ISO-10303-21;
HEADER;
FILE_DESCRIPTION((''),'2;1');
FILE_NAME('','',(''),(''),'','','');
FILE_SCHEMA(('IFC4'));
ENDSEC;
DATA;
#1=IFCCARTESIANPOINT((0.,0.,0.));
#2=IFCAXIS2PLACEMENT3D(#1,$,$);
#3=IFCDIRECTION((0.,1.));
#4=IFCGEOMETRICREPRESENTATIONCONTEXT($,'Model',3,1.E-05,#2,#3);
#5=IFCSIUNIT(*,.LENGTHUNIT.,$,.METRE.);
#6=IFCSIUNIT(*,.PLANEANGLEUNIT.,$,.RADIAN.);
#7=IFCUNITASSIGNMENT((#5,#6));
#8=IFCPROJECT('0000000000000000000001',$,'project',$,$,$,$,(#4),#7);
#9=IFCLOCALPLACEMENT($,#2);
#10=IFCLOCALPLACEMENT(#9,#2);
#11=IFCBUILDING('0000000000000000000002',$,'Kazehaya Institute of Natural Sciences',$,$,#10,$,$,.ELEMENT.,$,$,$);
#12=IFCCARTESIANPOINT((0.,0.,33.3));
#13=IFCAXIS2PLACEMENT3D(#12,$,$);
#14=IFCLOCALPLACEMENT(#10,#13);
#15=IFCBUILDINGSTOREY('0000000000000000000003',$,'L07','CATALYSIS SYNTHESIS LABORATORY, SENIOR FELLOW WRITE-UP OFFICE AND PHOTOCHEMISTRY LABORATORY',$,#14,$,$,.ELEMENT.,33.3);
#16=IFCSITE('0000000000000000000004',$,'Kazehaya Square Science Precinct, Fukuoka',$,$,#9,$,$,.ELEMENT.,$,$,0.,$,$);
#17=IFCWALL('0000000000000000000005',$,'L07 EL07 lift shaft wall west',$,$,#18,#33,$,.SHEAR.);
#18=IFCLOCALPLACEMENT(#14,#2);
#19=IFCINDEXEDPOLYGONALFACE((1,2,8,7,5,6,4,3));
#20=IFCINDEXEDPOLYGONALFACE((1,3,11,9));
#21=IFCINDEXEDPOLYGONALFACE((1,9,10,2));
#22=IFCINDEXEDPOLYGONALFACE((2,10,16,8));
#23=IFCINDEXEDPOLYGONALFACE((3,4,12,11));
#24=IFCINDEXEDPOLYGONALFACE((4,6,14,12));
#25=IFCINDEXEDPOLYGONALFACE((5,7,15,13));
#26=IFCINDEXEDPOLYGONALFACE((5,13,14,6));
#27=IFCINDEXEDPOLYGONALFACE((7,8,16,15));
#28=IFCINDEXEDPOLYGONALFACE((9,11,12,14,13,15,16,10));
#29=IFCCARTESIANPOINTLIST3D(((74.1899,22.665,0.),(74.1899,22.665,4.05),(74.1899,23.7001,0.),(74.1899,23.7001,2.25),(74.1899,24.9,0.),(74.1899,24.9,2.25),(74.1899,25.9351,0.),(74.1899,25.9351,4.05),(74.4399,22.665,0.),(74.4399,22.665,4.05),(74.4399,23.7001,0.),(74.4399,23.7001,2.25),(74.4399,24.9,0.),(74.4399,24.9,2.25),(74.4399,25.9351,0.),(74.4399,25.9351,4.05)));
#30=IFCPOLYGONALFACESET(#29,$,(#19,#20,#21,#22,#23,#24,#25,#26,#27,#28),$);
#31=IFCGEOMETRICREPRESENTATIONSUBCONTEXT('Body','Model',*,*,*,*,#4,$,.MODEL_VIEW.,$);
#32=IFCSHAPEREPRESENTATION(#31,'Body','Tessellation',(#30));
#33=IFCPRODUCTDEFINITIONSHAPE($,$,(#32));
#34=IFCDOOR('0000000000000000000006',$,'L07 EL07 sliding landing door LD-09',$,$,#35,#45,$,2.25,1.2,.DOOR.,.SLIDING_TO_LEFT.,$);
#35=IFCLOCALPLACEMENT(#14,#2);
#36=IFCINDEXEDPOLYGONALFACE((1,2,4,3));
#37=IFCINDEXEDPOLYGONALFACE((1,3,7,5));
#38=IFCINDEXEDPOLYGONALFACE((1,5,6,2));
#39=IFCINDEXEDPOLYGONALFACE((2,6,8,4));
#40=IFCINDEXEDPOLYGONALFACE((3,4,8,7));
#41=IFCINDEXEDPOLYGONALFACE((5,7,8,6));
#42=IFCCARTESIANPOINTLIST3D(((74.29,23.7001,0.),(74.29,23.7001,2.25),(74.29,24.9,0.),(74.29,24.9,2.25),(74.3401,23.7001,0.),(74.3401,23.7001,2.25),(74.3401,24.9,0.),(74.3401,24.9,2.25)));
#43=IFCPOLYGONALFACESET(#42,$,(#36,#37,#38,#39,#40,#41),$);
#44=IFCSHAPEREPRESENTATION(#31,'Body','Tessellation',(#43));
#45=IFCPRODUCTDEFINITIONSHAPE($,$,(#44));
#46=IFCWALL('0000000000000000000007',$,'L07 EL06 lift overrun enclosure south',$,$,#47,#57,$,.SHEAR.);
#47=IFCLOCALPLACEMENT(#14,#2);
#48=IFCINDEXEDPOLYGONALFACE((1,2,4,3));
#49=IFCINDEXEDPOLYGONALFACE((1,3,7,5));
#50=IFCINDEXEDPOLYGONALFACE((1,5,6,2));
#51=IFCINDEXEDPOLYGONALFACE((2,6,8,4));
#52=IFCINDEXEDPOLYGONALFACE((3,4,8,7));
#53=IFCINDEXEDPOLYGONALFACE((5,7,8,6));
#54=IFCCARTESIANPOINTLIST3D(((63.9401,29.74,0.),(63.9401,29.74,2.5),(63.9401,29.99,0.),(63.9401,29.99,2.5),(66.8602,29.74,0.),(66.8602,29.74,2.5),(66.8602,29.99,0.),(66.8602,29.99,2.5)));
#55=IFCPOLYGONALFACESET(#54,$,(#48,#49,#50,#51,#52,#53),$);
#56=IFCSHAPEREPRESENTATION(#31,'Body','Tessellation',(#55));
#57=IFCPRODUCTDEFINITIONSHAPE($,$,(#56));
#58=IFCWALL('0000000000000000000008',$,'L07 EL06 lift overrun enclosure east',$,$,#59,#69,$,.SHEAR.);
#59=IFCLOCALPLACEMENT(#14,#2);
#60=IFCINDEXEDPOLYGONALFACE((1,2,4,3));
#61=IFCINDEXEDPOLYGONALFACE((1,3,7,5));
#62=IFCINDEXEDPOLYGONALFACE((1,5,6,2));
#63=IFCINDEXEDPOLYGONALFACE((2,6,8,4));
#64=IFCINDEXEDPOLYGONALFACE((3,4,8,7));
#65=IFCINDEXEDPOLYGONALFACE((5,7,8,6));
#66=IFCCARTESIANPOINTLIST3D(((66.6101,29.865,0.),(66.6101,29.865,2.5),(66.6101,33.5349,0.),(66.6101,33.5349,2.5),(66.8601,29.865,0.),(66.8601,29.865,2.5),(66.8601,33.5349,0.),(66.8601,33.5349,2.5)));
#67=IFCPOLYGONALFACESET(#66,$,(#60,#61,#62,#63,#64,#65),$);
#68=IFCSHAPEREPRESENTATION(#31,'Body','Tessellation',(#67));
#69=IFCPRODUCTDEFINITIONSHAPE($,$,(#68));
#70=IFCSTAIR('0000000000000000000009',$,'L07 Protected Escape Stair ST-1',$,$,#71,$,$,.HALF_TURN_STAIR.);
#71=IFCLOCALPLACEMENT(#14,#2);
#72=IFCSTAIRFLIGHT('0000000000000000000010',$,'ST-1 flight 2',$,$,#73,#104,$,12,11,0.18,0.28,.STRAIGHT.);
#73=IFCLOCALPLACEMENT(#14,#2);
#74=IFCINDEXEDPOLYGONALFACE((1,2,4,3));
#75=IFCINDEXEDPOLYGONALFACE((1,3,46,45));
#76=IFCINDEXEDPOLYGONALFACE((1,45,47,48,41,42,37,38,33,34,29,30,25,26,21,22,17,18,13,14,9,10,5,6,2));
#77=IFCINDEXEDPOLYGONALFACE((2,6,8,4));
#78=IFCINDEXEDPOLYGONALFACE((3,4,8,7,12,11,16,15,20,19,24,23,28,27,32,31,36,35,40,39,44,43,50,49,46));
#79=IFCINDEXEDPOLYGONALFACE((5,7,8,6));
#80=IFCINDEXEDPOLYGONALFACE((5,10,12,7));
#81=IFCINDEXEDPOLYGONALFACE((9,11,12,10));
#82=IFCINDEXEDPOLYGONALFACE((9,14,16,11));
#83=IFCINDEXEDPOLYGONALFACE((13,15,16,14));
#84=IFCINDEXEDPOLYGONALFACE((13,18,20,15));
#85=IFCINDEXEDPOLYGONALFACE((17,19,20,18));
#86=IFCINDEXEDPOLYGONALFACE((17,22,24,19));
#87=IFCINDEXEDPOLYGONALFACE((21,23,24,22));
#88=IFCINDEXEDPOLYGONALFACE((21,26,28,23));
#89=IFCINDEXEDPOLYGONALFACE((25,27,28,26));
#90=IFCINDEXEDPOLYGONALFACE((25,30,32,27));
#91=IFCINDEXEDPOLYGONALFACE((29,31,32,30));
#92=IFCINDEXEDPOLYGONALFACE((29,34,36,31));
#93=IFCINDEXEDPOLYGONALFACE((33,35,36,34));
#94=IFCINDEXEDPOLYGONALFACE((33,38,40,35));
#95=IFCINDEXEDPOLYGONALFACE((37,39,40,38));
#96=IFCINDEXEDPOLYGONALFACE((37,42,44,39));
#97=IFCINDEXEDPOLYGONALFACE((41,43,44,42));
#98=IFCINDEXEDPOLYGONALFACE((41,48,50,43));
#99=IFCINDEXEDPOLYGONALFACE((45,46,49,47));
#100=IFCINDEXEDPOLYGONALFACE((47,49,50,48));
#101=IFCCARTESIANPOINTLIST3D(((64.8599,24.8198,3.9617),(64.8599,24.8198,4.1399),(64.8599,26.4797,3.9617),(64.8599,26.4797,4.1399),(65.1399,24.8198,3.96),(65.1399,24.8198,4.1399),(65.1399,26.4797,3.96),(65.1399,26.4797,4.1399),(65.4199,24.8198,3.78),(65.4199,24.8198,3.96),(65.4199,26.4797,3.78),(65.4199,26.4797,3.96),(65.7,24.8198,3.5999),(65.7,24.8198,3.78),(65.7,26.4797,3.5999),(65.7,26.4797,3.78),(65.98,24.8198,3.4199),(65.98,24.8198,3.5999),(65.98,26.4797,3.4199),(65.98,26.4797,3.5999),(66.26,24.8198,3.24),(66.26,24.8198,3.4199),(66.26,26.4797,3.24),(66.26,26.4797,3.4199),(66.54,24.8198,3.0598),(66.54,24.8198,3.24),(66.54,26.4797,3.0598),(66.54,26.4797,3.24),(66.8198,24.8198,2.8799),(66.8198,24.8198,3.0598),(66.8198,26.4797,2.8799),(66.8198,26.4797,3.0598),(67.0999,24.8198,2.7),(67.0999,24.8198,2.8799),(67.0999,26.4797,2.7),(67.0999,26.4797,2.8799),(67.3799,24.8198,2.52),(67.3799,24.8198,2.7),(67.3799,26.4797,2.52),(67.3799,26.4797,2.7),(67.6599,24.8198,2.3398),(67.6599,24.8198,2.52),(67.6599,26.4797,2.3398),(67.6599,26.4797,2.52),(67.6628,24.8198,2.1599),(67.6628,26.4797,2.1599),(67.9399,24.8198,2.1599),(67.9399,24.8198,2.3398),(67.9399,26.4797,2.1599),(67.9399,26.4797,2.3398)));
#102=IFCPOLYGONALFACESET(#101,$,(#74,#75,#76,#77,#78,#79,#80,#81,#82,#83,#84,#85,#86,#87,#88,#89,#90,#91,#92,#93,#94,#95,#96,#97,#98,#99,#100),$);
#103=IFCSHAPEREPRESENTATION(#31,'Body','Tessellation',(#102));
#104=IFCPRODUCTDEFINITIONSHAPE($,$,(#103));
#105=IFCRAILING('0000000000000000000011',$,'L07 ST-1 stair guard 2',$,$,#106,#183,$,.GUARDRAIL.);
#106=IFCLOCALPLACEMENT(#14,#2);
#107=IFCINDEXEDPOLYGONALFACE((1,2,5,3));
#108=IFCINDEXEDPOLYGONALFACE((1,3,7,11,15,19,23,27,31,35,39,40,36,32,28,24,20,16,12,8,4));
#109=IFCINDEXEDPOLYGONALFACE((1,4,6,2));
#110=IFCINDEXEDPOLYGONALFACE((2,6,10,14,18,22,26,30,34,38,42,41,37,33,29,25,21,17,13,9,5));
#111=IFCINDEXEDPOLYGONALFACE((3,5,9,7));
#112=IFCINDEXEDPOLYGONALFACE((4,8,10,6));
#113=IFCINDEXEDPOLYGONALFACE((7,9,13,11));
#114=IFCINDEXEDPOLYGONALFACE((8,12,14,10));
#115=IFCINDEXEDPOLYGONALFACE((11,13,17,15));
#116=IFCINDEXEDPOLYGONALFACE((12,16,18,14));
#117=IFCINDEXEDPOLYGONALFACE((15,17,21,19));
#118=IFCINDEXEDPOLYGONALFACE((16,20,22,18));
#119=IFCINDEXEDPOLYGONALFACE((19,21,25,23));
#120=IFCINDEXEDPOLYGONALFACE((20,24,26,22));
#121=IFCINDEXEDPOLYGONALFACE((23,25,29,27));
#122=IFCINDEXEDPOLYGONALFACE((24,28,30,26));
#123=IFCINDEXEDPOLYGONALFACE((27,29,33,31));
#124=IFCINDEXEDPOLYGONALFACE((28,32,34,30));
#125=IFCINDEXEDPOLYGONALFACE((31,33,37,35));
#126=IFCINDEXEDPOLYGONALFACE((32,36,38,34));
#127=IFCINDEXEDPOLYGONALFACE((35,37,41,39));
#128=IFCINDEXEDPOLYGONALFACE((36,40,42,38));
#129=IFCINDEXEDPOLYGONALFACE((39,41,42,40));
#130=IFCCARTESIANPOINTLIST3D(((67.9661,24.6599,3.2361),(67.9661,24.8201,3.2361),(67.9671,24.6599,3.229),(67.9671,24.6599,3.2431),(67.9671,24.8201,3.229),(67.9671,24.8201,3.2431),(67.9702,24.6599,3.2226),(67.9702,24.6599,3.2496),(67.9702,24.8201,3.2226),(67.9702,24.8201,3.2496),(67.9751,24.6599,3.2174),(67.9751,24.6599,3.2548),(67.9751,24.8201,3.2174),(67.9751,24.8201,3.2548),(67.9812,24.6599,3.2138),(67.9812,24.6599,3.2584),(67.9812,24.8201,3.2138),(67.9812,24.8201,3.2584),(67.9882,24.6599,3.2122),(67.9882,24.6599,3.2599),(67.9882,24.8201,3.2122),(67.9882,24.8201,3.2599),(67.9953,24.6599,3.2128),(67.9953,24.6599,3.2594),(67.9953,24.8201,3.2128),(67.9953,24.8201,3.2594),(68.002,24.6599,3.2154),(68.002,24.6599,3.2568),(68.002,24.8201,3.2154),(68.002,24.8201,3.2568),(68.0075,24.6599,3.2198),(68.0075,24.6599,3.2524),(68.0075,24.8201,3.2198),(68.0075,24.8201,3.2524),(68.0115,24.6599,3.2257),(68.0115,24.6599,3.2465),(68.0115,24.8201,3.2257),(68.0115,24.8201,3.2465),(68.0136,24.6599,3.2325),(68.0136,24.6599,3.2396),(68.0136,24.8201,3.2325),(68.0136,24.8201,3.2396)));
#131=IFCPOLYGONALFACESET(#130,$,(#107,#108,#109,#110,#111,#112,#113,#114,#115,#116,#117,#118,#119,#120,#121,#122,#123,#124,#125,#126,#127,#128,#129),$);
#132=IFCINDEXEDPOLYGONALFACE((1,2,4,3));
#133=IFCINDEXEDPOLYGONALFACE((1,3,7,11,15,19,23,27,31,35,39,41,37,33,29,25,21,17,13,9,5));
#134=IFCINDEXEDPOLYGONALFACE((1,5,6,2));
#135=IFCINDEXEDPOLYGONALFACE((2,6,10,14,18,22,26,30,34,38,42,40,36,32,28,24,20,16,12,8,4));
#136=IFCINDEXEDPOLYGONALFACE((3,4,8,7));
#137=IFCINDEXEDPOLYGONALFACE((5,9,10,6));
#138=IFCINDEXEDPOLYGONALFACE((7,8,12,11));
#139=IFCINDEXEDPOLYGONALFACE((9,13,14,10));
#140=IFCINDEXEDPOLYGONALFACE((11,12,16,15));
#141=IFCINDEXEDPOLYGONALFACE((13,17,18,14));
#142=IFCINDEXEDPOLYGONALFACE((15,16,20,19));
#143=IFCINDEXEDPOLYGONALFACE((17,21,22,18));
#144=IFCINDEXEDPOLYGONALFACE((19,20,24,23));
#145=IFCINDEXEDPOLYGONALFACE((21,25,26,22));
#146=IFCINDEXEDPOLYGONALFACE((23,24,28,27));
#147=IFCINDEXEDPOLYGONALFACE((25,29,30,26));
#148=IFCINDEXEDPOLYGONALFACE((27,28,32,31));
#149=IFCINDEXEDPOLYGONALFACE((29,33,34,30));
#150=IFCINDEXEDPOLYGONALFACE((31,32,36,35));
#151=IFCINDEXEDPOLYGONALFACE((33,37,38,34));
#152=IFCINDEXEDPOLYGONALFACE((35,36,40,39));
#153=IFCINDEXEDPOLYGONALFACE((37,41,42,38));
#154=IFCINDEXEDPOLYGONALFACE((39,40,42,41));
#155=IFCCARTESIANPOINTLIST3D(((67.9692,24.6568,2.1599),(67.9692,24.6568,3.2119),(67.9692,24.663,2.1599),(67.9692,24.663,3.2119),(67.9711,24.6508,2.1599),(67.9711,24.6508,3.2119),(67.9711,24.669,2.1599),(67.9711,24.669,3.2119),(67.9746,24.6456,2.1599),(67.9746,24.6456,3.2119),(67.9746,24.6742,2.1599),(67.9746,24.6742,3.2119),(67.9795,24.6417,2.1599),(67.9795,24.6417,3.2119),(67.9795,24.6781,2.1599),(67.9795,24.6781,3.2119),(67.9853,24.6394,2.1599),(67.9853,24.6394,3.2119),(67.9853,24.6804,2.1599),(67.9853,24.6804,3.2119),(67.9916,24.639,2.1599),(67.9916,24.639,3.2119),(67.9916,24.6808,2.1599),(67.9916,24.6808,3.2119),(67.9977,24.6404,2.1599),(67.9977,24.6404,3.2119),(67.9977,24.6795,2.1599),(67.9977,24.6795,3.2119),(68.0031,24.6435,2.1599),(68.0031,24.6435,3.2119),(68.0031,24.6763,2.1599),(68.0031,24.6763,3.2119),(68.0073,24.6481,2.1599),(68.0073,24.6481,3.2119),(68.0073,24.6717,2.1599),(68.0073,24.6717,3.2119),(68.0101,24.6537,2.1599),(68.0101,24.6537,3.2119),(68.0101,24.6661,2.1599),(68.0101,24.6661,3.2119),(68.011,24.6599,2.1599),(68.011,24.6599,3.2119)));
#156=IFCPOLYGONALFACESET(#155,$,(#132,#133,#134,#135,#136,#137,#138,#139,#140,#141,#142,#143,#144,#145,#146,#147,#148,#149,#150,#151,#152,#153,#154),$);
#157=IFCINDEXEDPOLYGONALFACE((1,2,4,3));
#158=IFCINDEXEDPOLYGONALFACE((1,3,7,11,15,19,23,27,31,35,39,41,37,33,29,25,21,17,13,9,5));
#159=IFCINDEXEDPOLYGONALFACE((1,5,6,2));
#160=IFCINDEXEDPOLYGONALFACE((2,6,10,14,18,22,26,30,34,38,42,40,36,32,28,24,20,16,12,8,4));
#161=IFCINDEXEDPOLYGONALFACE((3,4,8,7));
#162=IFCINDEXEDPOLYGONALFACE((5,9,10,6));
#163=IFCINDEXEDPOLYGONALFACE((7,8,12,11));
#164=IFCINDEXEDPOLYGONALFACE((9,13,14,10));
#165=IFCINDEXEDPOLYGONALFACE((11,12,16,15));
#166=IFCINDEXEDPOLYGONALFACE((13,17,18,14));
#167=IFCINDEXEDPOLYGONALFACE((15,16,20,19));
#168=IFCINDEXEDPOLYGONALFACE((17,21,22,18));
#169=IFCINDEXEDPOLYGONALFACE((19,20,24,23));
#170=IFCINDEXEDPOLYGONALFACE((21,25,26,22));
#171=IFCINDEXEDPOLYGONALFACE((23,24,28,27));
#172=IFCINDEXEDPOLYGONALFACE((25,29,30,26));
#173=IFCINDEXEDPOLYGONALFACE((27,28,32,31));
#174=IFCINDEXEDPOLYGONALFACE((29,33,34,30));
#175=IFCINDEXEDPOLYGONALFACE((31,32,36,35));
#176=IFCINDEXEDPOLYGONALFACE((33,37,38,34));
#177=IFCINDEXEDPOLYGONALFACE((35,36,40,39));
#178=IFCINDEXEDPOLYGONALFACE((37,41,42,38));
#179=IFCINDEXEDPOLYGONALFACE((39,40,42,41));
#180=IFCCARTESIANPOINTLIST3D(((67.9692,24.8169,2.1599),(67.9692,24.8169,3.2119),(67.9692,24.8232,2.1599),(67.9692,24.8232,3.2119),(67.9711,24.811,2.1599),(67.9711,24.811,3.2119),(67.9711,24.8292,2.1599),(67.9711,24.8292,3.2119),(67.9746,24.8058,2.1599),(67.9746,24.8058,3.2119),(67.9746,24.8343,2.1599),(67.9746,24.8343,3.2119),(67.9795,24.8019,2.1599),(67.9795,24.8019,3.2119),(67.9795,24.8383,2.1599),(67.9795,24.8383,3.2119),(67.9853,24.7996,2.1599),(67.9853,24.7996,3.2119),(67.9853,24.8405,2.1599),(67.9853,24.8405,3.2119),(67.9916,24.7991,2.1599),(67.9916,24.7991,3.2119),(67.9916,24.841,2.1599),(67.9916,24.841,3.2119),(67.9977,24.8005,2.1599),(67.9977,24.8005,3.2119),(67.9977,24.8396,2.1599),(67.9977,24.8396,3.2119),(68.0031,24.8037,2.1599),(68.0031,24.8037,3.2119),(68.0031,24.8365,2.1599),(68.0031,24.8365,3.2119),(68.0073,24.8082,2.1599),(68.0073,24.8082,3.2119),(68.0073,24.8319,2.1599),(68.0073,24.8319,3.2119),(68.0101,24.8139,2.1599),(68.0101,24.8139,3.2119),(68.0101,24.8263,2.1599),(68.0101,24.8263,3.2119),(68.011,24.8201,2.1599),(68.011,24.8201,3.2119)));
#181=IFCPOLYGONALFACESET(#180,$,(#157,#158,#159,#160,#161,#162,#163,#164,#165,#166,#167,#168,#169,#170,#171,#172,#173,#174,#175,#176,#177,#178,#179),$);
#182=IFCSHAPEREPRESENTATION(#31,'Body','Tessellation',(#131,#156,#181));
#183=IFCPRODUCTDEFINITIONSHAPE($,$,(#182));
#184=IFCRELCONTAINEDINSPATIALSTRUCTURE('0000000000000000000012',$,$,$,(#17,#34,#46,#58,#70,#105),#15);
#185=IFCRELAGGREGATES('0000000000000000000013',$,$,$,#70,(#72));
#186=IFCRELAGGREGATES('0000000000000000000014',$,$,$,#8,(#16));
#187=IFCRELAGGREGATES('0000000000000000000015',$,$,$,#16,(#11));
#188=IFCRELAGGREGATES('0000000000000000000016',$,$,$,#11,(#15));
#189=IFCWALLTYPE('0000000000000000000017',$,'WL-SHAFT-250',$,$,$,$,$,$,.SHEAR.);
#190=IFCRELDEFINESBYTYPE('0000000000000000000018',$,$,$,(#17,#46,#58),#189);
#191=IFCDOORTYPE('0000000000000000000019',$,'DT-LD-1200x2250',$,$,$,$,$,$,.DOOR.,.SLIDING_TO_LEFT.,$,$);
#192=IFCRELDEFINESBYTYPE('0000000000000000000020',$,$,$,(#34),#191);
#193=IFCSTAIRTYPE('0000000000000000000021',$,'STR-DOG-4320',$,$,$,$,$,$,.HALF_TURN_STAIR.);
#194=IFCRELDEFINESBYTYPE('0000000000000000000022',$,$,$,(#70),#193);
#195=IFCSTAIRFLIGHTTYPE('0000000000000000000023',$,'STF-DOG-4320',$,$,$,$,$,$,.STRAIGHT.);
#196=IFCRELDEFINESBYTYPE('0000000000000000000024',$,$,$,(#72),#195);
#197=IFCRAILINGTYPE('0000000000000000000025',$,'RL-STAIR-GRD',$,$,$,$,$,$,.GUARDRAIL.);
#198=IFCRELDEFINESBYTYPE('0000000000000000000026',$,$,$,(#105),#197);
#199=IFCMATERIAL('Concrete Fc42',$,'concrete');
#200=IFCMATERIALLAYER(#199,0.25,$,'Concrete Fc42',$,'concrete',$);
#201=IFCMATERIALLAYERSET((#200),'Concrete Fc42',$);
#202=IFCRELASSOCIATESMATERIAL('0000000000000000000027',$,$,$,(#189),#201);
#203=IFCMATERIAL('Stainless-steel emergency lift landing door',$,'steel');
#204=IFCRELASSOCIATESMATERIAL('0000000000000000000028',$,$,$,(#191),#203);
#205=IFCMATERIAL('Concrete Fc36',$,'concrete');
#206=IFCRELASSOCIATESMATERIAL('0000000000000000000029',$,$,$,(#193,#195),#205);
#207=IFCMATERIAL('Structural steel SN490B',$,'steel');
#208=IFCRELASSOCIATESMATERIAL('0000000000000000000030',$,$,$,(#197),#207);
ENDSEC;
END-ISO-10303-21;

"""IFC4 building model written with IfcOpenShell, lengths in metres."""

from ifc_helpers import new_model, si_unit, direction, frame, frame_2d, origin, origin_2d, place, context, subcontext, project, spatial, polyline, rectangle, circle, outline, extrude, material, layer, layer_set, type_object, element, fill, aggregate, save


model = new_model("IFC4")

# Units and contexts
model_context = context("Model", 3, precision=1e-05, world=origin(), true_north=direction((0.0, 1.0)))
body_context = subcontext(model_context, "Body", "Model", "MODEL_VIEW")
ifc_project = project(units=[si_unit("LENGTHUNIT", "METRE"), si_unit("PLANEANGLEUNIT", "RADIAN")], contexts=[model_context])

# Site, building, storey
site_placement = place(None, origin())
site = spatial("IfcSite", under=ifc_project, at=site_placement, Name="Kazehaya Square Science Precinct, Fukuoka", CompositionType="ELEMENT", RefElevation=0.0)
building_placement = place(site_placement, origin())
building = spatial("IfcBuilding", under=site, at=building_placement, Name="Kazehaya Institute of Natural Sciences", CompositionType="ELEMENT")
storey_placement = place(building_placement, frame((0.0, 0.0, 33.3)))
storey = spatial("IfcBuildingStorey", under=building, at=storey_placement, Name="L07", Description="CATALYSIS SYNTHESIS LABORATORY, SENIOR FELLOW WRITE-UP OFFICE AND PHOTOCHEMISTRY LABORATORY", CompositionType="ELEMENT", Elevation=33.3)

# Shared definitions
ifc_material_1 = material(Name="Concrete Fc36", Category="concrete")

# Shared definitions
ifc_material_2 = material(Name="Concrete Fc42", Category="concrete")

# Shared definitions
ifc_layer_1 = layer(ifc_material_2, 0.25, Name="Concrete Fc42", Category="concrete")
ifc_layer_set_1 = layer_set([ifc_layer_1], Name="Concrete Fc42")
wall_type_1 = type_object("IfcWallType", Name="WL-SHAFT-250", PredefinedType="SHEAR", material=ifc_layer_set_1)

# Wall, opening, door
wall_1_placement = place(storey_placement, frame((74.3149, 22.665, 0.0), z_axis=(0.0, 0.0, 1.0), x_axis=(0.0, 1.0, 0.0)))
wall_1 = element("IfcWall", 1, at=wall_1_placement, inside=storey, type_object=wall_type_1, Name="L07 EL07 lift shaft wall west", PredefinedType="SHEAR", context=body_context, shape_type="SweptSolid", body=[
    extrude(rectangle(XDim=3.27, YDim=0.25, at=frame_2d((1.635, 0.0))), origin(), (0.0, 0.0, 1.0), 4.05),
])
opening_1_placement = place(wall_1_placement, frame((1.0349, 0.0, 0.0)))
opening_1 = element("IfcOpeningElement", 2, at=opening_1_placement, cuts=wall_1, PredefinedType="OPENING", context=body_context, shape_type="SweptSolid", body=[
    extrude(rectangle(XDim=1.2, YDim=2.25, at=frame_2d((0.6001, 1.125))), frame((0.0, 0.135, 0.0), z_axis=(0.0, -1.0, 0.0), x_axis=(1.0, 0.0, 0.0)), (0.0, 0.0, 1.0), 0.27),
])
ifc_material_3 = material(Name="Stainless-steel emergency lift landing door", Category="steel")
door_type_1 = type_object("IfcDoorType", Name="DT-LD-1200x2250", OperationType="SLIDING_TO_LEFT", PredefinedType="DOOR", material=ifc_material_3)
door_1_placement = place(opening_1_placement, origin())
door_1 = element("IfcDoor", 3, at=door_1_placement, inside=storey, type_object=door_type_1, Name="L07 EL07 sliding landing door LD-09", OperationType="SLIDING_TO_LEFT", OverallHeight=2.25, OverallWidth=1.2, PredefinedType="DOOR", context=body_context, shape_type="SweptSolid", body=[
    extrude(rectangle(XDim=1.2, YDim=2.25, at=frame_2d((0.6001, 1.125))), frame((0.0, 0.0249, 0.0), z_axis=(0.0, -1.0, 0.0), x_axis=(1.0, 0.0, 0.0)), (0.0, 0.0, 1.0), 0.05),
])
fill(opening_1, door_1)

# Walls
wall_2_placement = place(storey_placement, frame((66.8601, 29.865, 0.0), z_axis=(0.0, 0.0, 1.0), x_axis=(-1.0, 0.0, 0.0)))
element("IfcWall", 4, at=wall_2_placement, inside=storey, type_object=wall_type_1, Name="L07 EL06 lift overrun enclosure south", PredefinedType="SHEAR", context=body_context, shape_type="SweptSolid", body=[
    extrude(rectangle(XDim=2.9202, YDim=0.25, at=frame_2d((1.46, 0.0))), origin(), (0.0, 0.0, 1.0), 2.5),
])
wall_3_placement = place(storey_placement, frame((66.7351, 33.5349, 0.0), z_axis=(0.0, 0.0, 1.0), x_axis=(0.0, -1.0, 0.0)))
element("IfcWall", 5, at=wall_3_placement, inside=storey, type_object=wall_type_1, Name="L07 EL06 lift overrun enclosure east", PredefinedType="SHEAR", context=body_context, shape_type="SweptSolid", body=[
    extrude(rectangle(XDim=3.6699, YDim=0.25, at=frame_2d((1.835, 0.0))), origin(), (0.0, 0.0, 1.0), 2.5),
])

# Stair, stair flight
stair_type = type_object("IfcStairType", Name="STR-DOG-4320", PredefinedType="HALF_TURN_STAIR", material=ifc_material_1)
stair_placement = place(storey_placement, origin())
stair = element("IfcStair", 6, at=stair_placement, inside=storey, type_object=stair_type, Name="L07 Protected Escape Stair ST-1", PredefinedType="HALF_TURN_STAIR")
stair_flight_type = type_object("IfcStairFlightType", Name="STF-DOG-4320", PredefinedType="STRAIGHT", material=ifc_material_1)
stair_flight_placement = place(storey_placement, frame((67.9399, 25.6499, 2.1599), z_axis=(0.0, 0.0, 1.0), x_axis=(-1.0, 0.0, 0.0)))
stair_flight = element("IfcStairFlight", 7, at=stair_flight_placement, type_object=stair_flight_type, Name="ST-1 flight 2", NumberOfRisers=12, NumberOfTreads=11, PredefinedType="STRAIGHT", RiserHeight=0.18, TreadLength=0.28, context=body_context, shape_type="SweptSolid", body=[
    extrude(outline(polyline([(0.0, 0.0), (0.0, 0.1799), (0.28, 0.1799), (0.28, 0.3601), (0.5601, 0.3601), (0.5601, 0.54), (0.8401, 0.54), (0.8401, 0.72), (1.1201, 0.72), (1.1201, 0.8999), (1.3999, 0.8999), (1.3999, 1.0801), (1.6799, 1.0801), (1.6799, 1.26), (1.96, 1.26), (1.96, 1.4399), (2.24, 1.4399), (2.24, 1.6201), (2.52, 1.6201), (2.52, 1.8), (2.8, 1.8), (2.8, 1.98), (3.0801, 1.98), (3.0801, 2.1599), (3.0801, 1.8018), (0.2771, 0.0), (0.0, 0.0)])), frame((0.0, 0.8301, 0.0), z_axis=(0.0, -1.0, 0.0), x_axis=(1.0, 0.0, 0.0)), (0.0, 0.0, 1.0), 1.6599),
])
aggregate(stair, [stair_flight])

# Railing
ifc_material_4 = material(Name="Structural steel SN490B", Category="steel")
railing_type_1 = type_object("IfcRailingType", Name="RL-STAIR-GRD", PredefinedType="GUARDRAIL", material=ifc_material_4)
railing_1_placement = place(storey_placement, frame((67.99, 24.6599, 2.1599)))
element("IfcRailing", 8, at=railing_1_placement, inside=storey, type_object=railing_type_1, Name="L07 ST-1 stair guard 2", PredefinedType="GUARDRAIL", context=body_context, shape_type="SweptSolid", body=[
    extrude(circle(Radius=0.0239, at=origin_2d()), frame((0.0, 0.0, 1.0762), z_axis=(0.0, 1.0, 0.0), x_axis=(-1.0, 0.0, 0.0)), (0.0, 0.0, 1.0), 0.1602),
    extrude(circle(Radius=0.021, at=origin_2d()), origin(), (0.0, 0.0, 1.0), 1.052),
    extrude(circle(Radius=0.021, at=origin_2d()), frame((0.0, 0.1602, 0.0)), (0.0, 0.0, 1.0), 1.052),
])

save(model, "model.ifc")
